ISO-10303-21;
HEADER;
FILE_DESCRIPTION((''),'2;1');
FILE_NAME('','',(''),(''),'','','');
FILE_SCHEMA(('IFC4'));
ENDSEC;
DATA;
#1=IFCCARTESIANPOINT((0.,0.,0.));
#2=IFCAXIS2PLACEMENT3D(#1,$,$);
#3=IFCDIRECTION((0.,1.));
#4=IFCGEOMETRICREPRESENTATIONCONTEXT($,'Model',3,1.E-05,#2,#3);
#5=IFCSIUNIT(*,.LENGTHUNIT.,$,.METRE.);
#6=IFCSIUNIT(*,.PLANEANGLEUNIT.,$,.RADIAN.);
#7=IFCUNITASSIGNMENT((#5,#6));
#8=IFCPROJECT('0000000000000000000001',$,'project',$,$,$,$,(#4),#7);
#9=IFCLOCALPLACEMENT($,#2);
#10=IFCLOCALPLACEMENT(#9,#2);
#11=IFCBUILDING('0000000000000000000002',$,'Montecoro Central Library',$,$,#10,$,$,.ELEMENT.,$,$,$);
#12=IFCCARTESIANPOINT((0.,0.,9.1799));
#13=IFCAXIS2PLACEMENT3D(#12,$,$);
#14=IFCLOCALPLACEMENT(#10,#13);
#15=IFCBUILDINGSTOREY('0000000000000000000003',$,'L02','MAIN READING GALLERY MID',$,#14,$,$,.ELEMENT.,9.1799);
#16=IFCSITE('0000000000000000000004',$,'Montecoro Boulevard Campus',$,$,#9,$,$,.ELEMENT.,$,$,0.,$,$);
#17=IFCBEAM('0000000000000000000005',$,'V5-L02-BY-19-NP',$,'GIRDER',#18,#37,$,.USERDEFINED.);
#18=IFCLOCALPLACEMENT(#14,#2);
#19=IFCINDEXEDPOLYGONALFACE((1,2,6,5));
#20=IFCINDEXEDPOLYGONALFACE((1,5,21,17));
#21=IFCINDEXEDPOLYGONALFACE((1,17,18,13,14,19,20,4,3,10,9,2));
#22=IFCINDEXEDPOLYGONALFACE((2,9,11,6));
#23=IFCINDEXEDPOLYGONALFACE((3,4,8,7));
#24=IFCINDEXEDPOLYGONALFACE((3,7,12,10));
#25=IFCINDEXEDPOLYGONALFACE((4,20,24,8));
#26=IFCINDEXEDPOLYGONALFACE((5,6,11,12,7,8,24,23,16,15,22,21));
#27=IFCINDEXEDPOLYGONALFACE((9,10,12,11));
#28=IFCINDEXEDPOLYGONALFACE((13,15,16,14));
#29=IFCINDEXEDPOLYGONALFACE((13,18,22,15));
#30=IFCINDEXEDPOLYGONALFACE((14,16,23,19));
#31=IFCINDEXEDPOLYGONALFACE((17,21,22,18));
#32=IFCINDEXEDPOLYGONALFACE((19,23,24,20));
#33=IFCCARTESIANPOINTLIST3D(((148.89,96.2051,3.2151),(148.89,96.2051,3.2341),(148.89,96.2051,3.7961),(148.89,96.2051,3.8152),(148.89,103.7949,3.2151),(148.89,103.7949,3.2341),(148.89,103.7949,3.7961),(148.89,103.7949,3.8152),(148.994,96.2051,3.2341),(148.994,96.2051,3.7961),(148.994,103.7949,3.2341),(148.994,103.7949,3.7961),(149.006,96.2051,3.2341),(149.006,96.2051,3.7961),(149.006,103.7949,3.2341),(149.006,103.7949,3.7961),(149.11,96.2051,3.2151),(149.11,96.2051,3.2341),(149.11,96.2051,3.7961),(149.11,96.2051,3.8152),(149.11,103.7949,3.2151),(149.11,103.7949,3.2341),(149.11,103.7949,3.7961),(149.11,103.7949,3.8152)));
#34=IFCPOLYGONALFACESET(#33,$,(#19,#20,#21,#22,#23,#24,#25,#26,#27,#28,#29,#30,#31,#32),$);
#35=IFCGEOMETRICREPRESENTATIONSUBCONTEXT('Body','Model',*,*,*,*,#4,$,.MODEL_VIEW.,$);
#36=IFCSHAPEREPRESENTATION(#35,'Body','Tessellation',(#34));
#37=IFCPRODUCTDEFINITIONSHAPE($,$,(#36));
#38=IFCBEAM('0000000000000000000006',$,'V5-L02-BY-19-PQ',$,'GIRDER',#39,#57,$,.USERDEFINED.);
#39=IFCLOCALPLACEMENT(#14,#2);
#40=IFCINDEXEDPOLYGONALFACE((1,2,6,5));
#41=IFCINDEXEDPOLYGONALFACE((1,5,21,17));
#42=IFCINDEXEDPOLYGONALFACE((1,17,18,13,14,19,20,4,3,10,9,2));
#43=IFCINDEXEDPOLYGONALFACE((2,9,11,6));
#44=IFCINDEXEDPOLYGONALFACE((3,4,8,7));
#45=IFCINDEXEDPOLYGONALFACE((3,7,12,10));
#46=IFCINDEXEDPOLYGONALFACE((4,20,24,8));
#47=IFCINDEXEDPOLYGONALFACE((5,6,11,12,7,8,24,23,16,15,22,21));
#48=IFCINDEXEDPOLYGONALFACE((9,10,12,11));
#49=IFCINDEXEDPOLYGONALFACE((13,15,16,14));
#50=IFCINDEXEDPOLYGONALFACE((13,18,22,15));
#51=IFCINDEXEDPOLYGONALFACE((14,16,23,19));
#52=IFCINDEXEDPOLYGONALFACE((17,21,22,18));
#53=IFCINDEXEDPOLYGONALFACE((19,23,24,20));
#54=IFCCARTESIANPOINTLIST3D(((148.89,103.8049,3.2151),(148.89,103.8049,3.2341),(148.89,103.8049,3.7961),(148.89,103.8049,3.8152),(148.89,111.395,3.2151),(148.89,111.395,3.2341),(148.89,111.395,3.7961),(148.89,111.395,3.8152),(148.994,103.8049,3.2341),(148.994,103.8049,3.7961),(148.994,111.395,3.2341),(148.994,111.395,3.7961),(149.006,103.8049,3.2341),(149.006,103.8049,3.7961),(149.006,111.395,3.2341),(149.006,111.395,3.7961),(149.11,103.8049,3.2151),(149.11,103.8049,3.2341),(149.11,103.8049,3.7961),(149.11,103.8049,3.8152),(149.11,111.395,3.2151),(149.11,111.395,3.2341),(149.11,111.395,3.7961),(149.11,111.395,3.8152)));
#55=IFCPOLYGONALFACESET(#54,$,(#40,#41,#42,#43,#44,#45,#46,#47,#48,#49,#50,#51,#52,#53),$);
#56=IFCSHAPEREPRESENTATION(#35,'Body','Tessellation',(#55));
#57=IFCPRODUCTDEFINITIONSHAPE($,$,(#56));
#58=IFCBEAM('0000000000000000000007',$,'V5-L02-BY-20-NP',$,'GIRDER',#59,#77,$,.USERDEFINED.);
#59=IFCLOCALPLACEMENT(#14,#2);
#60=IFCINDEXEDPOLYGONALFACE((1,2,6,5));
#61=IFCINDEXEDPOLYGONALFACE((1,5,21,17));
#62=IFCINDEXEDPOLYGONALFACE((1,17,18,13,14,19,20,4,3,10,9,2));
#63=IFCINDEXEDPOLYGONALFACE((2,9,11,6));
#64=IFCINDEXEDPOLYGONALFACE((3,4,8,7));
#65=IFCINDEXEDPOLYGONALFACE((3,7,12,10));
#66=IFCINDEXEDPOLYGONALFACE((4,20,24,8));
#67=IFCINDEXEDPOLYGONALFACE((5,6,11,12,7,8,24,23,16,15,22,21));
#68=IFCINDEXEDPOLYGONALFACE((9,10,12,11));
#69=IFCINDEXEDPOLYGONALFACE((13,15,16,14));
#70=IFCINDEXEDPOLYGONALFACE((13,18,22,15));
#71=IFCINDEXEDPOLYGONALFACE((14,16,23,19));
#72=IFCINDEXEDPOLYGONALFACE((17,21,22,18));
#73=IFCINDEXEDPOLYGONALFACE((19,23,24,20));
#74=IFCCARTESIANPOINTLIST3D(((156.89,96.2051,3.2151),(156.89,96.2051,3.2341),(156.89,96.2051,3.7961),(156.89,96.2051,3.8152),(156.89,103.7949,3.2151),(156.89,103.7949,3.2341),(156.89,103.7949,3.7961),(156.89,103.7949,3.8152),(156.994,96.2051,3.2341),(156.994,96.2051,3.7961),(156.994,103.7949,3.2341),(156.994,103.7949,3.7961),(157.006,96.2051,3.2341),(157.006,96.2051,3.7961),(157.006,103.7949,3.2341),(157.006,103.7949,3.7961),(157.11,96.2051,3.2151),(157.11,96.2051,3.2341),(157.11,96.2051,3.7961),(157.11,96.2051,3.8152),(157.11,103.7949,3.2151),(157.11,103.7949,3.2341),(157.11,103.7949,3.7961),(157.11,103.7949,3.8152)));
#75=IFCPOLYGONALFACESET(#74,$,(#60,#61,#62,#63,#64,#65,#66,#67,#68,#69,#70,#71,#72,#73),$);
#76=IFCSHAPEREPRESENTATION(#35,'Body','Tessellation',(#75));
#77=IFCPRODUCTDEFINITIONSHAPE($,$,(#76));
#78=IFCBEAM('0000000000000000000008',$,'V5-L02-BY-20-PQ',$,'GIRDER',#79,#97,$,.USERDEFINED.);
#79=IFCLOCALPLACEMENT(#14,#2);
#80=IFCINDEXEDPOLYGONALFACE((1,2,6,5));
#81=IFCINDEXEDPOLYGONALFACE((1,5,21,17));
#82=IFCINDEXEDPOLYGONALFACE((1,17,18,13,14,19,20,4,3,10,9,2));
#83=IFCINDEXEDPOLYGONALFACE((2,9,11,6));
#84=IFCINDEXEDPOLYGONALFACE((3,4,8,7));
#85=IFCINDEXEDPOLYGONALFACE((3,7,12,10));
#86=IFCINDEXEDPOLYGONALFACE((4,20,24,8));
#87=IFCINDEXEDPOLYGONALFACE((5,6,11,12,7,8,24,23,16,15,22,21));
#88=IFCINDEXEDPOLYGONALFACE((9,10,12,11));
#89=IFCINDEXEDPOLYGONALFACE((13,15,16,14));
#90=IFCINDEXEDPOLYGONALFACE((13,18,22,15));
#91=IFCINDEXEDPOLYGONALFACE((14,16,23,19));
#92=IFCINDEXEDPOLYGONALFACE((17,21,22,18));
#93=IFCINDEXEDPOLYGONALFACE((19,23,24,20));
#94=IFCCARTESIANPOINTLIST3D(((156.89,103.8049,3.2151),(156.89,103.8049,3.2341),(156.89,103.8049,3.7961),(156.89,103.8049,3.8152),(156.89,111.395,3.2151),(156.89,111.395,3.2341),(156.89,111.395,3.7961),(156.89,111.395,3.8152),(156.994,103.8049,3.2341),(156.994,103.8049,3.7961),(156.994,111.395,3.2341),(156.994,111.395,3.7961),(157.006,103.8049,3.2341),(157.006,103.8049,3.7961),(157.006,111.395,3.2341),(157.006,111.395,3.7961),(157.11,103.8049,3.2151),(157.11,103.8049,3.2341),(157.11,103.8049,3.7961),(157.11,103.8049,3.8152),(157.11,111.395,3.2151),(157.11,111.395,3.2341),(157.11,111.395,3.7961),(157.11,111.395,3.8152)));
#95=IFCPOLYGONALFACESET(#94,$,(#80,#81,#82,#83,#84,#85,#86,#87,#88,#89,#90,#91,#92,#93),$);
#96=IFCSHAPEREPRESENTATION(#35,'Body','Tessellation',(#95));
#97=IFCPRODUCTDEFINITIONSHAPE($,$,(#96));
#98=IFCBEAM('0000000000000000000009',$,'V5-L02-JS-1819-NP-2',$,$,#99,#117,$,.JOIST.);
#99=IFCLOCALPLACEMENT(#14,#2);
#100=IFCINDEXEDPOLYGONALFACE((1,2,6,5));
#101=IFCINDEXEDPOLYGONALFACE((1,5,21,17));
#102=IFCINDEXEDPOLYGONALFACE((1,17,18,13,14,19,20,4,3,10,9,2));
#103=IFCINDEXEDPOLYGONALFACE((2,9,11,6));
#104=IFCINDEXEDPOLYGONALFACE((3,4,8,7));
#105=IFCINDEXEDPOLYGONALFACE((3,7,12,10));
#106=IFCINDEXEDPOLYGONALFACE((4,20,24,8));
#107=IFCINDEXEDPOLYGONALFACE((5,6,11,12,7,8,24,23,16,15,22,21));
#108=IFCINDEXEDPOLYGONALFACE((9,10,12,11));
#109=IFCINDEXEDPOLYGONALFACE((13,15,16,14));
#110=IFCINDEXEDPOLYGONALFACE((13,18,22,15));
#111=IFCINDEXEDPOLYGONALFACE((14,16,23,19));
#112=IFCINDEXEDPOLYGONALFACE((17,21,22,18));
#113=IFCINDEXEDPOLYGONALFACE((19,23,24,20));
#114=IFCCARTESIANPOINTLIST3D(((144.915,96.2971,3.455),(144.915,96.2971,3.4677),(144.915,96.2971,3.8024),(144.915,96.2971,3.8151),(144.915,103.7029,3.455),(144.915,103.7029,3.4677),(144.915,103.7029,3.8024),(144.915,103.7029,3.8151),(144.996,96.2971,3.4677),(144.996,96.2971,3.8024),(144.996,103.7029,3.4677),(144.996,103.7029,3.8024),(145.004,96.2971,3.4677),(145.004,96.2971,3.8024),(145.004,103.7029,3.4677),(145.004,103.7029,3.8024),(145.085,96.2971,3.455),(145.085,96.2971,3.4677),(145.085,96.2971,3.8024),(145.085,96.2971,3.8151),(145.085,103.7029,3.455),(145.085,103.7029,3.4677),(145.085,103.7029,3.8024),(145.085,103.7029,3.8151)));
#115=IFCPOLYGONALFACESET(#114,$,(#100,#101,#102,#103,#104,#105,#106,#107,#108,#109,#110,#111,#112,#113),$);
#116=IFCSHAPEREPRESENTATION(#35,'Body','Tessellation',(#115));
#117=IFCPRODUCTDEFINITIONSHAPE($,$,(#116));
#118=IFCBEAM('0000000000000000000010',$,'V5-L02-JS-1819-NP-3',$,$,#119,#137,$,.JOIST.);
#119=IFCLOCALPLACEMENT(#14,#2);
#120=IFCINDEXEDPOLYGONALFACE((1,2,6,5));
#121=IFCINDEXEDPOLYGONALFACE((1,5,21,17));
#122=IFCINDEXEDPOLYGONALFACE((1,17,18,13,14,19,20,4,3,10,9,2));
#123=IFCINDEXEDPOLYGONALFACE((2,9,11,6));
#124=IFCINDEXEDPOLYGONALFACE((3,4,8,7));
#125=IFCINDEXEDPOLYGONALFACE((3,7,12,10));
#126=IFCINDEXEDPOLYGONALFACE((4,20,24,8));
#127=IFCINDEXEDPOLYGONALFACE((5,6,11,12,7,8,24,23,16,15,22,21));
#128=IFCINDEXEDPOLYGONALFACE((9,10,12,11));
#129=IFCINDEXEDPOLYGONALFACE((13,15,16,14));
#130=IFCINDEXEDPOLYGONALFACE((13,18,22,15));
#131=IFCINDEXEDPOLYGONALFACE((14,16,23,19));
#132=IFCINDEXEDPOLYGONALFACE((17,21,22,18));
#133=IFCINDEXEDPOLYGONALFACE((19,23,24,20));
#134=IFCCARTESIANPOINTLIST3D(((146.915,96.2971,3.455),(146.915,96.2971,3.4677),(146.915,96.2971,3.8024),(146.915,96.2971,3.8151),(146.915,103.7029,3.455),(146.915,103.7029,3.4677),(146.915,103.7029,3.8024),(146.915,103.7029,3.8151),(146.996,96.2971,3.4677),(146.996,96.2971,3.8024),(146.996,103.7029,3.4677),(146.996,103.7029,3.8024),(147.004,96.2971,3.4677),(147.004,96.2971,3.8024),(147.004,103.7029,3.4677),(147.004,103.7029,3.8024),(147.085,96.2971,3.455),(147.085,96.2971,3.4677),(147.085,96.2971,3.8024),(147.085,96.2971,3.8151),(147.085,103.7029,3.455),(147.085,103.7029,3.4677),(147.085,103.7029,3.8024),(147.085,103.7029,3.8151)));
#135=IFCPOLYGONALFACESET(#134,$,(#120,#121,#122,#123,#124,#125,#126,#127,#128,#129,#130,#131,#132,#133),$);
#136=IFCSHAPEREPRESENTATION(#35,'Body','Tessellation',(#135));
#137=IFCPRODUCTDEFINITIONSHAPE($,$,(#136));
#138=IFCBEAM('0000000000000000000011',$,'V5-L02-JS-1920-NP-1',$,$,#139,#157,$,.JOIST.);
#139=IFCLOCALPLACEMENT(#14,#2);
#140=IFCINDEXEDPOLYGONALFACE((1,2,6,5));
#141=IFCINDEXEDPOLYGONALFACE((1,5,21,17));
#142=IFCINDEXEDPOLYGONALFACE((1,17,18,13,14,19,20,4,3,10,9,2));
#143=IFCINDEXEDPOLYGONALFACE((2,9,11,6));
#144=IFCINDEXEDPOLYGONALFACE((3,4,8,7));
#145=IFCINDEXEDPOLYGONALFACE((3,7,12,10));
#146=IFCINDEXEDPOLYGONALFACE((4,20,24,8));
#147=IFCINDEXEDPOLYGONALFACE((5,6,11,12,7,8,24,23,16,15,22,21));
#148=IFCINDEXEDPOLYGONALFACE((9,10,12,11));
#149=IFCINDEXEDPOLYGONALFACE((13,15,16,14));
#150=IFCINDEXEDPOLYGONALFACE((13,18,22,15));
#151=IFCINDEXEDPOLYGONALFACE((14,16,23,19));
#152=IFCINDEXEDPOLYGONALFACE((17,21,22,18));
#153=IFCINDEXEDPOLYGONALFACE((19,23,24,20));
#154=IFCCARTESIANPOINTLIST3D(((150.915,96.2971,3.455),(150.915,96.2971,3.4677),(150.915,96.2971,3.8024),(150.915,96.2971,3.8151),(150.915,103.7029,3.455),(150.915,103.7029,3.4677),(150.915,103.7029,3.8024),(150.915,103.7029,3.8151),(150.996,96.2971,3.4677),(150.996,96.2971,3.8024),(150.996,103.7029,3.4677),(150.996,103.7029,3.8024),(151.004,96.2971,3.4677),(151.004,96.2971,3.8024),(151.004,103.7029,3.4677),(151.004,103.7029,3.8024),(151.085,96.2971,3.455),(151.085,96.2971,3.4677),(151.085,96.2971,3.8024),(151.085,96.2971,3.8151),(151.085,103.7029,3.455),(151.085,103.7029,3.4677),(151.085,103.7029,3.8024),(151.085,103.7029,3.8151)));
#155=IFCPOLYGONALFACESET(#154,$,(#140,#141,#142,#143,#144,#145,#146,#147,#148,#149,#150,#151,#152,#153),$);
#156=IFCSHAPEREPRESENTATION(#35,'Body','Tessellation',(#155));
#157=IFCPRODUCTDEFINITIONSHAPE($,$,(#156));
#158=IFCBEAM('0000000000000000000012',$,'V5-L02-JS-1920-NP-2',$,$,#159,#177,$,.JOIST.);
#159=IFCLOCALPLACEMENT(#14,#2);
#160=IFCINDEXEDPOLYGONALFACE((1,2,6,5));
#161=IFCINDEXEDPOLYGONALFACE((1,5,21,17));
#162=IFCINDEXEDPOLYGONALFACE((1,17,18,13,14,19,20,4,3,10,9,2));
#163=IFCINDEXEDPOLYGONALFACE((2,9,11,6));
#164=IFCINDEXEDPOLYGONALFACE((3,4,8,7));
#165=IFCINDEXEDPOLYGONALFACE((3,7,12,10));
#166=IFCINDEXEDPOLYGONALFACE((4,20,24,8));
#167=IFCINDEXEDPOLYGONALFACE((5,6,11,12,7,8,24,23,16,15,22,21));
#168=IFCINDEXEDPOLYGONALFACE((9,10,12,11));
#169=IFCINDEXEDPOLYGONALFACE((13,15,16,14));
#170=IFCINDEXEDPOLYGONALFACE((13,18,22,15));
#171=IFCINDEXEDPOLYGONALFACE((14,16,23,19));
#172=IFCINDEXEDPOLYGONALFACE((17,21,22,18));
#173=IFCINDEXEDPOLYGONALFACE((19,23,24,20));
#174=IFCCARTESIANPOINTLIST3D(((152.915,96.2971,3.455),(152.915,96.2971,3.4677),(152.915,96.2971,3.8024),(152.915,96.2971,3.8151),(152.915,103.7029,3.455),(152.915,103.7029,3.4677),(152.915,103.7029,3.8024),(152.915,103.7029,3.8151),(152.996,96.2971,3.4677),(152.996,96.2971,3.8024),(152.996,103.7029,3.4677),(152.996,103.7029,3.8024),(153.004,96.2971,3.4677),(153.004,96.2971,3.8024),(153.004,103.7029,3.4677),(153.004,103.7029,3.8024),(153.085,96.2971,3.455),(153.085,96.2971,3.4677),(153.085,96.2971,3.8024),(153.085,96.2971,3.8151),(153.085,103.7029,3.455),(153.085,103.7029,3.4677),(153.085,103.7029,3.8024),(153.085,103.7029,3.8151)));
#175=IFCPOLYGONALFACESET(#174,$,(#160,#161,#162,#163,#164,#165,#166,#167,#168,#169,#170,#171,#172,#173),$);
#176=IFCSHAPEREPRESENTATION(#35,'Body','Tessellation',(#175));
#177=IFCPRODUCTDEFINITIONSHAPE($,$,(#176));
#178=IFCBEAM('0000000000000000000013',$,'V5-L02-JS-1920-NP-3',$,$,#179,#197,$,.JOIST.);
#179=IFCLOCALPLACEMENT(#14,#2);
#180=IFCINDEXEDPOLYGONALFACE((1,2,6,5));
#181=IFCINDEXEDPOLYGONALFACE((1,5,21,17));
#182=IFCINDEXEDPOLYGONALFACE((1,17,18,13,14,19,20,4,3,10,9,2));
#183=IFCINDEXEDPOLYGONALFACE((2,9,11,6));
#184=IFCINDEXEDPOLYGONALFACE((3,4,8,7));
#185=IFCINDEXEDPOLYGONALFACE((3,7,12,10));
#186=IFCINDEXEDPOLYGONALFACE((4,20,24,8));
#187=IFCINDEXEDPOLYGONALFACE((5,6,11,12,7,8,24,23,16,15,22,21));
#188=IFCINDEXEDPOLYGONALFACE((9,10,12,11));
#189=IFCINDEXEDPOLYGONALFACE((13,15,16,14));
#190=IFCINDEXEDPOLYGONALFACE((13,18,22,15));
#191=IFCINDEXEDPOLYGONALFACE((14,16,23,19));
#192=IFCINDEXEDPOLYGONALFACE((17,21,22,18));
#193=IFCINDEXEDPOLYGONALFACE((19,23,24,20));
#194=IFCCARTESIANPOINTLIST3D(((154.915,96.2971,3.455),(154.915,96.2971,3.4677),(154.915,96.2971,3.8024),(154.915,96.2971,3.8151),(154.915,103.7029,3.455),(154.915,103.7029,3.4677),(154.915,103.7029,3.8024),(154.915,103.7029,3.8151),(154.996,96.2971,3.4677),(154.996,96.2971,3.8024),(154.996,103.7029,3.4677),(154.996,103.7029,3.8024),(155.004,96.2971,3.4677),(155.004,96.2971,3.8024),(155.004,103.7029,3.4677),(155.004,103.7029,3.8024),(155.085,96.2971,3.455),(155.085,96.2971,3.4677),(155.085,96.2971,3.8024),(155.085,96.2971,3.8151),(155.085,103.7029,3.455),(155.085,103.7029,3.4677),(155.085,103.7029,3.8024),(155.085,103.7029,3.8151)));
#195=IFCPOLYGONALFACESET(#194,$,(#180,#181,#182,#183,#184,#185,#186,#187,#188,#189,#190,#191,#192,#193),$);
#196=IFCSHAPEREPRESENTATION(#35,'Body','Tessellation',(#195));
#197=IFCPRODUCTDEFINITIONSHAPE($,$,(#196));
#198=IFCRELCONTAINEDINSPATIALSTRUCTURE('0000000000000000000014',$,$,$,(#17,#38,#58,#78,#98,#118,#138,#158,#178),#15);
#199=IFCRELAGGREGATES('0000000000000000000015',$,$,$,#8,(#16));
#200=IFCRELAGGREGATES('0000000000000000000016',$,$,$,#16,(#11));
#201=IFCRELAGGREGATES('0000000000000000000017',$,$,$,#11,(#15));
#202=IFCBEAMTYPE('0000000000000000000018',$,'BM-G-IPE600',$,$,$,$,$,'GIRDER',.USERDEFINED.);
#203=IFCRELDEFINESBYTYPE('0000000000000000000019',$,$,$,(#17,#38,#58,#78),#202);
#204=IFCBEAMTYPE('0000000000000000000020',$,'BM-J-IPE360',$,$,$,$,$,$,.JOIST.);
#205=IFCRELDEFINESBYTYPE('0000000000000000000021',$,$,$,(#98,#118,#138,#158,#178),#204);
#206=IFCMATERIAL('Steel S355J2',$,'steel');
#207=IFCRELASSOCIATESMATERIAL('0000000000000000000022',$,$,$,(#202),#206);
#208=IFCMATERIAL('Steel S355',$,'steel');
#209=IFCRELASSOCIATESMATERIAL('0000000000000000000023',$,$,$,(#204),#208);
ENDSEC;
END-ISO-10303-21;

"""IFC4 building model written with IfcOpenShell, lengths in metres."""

from ifc_helpers import new_model, si_unit, direction, frame, origin, origin_2d, place, context, subcontext, project, spatial, i_section, extrude, material, material_profile, profile_set, type_object, element, save


model = new_model("IFC4")

# Units and contexts
model_context = context("Model", 3, precision=1e-05, world=origin(), true_north=direction((0.0, 1.0)))
body_context = subcontext(model_context, "Body", "Model", "MODEL_VIEW")
ifc_project = project(units=[si_unit("LENGTHUNIT", "METRE"), si_unit("PLANEANGLEUNIT", "RADIAN")], contexts=[model_context])

# Site, building, storey
site_placement = place(None, origin())
site = spatial("IfcSite", under=ifc_project, at=site_placement, Name="Montecoro Boulevard Campus", CompositionType="ELEMENT", RefElevation=0.0)
building_placement = place(site_placement, origin())
building = spatial("IfcBuilding", under=site, at=building_placement, Name="Montecoro Central Library", CompositionType="ELEMENT")
storey_placement = place(building_placement, frame((0.0, 0.0, 9.1799)))
storey = spatial("IfcBuildingStorey", under=building, at=storey_placement, Name="L02", Description="MAIN READING GALLERY MID", CompositionType="ELEMENT", Elevation=9.1799)

# Shared definitions
ifc_material_1 = material(Name="Steel S355J2", Category="steel")

# Beams
ifc_material_2 = material(Name="Steel S355", Category="steel")
ifc_material_profile_1 = material_profile(ifc_material_1, i_section(OverallWidth=0.22, OverallDepth=0.6001, WebThickness=0.012, FlangeThickness=0.019, at=origin_2d()), Name="IPE 600")
ifc_profile_set_1 = profile_set([ifc_material_profile_1], Name="Steel S355J2")
beam_type_1 = type_object("IfcBeamType", Name="BM-G-IPE600", ElementType="GIRDER", PredefinedType="USERDEFINED", material=ifc_profile_set_1)
beam_1_placement = place(storey_placement, frame((149.0, 96.2051, 3.5151), z_axis=(0.0, 1.0, 0.0), x_axis=(-1.0, 0.0, 0.0)))
element("IfcBeam", 1, at=beam_1_placement, inside=storey, type_object=beam_type_1, Name="V5-L02-BY-19-NP", ObjectType="GIRDER", PredefinedType="USERDEFINED", context=body_context, shape_type="SweptSolid", body=[
    extrude(i_section(OverallWidth=0.22, OverallDepth=0.6001, WebThickness=0.012, FlangeThickness=0.019, at=origin_2d()), origin(), (0.0, 0.0, 1.0), 7.5898),
])
beam_2_placement = place(storey_placement, frame((149.0, 103.8049, 3.5151), z_axis=(0.0, 1.0, 0.0), x_axis=(-1.0, 0.0, 0.0)))
element("IfcBeam", 2, at=beam_2_placement, inside=storey, type_object=beam_type_1, Name="V5-L02-BY-19-PQ", ObjectType="GIRDER", PredefinedType="USERDEFINED", context=body_context, shape_type="SweptSolid", body=[
    extrude(i_section(OverallWidth=0.22, OverallDepth=0.6001, WebThickness=0.012, FlangeThickness=0.019, at=origin_2d()), origin(), (0.0, 0.0, 1.0), 7.5901),
])
beam_3_placement = place(storey_placement, frame((157.0, 96.2051, 3.5151), z_axis=(0.0, 1.0, 0.0), x_axis=(-1.0, 0.0, 0.0)))
element("IfcBeam", 3, at=beam_3_placement, inside=storey, type_object=beam_type_1, Name="V5-L02-BY-20-NP", ObjectType="GIRDER", PredefinedType="USERDEFINED", context=body_context, shape_type="SweptSolid", body=[
    extrude(i_section(OverallWidth=0.22, OverallDepth=0.6001, WebThickness=0.012, FlangeThickness=0.019, at=origin_2d()), origin(), (0.0, 0.0, 1.0), 7.5898),
])
beam_4_placement = place(storey_placement, frame((157.0, 103.8049, 3.5151), z_axis=(0.0, 1.0, 0.0), x_axis=(-1.0, 0.0, 0.0)))
element("IfcBeam", 4, at=beam_4_placement, inside=storey, type_object=beam_type_1, Name="V5-L02-BY-20-PQ", ObjectType="GIRDER", PredefinedType="USERDEFINED", context=body_context, shape_type="SweptSolid", body=[
    extrude(i_section(OverallWidth=0.22, OverallDepth=0.6001, WebThickness=0.012, FlangeThickness=0.019, at=origin_2d()), origin(), (0.0, 0.0, 1.0), 7.5901),
])
ifc_material_profile_2 = material_profile(ifc_material_2, i_section(OverallWidth=0.1699, OverallDepth=0.3601, WebThickness=0.0081, FlangeThickness=0.0127, at=origin_2d()), Name="IPE 360")
ifc_profile_set_2 = profile_set([ifc_material_profile_2], Name="Steel S355")
beam_type_2 = type_object("IfcBeamType", Name="BM-J-IPE360", PredefinedType="JOIST", material=ifc_profile_set_2)
for number, where, z_axis, x_axis, name in (
    (5, (145.0, 96.2971, 3.635), (0.0, 1.0, 0.0), (-1.0, 0.0, 0.0), "V5-L02-JS-1819-NP-2"),
    (6, (147.0, 96.2971, 3.635), (0.0, 1.0, 0.0), (-1.0, 0.0, 0.0), "V5-L02-JS-1819-NP-3"),
    (7, (151.0, 96.2971, 3.635), (0.0, 1.0, 0.0), (-1.0, 0.0, 0.0), "V5-L02-JS-1920-NP-1"),
    (8, (153.0, 96.2971, 3.635), (0.0, 1.0, 0.0), (-1.0, 0.0, 0.0), "V5-L02-JS-1920-NP-2"),
    (9, (155.0, 96.2971, 3.635), (0.0, 1.0, 0.0), (-1.0, 0.0, 0.0), "V5-L02-JS-1920-NP-3"),
):
    element("IfcBeam", number, at=place(storey_placement, frame(where, z_axis=z_axis, x_axis=x_axis)), inside=storey, type_object=beam_type_2, Name=name, PredefinedType="JOIST", context=body_context, shape_type="SweptSolid", body=[
        extrude(i_section(OverallWidth=0.1699, OverallDepth=0.3601, WebThickness=0.0081, FlangeThickness=0.0127, at=origin_2d()), origin(), (0.0, 0.0, 1.0), 7.4058),
    ])

save(model, "model.ifc")
